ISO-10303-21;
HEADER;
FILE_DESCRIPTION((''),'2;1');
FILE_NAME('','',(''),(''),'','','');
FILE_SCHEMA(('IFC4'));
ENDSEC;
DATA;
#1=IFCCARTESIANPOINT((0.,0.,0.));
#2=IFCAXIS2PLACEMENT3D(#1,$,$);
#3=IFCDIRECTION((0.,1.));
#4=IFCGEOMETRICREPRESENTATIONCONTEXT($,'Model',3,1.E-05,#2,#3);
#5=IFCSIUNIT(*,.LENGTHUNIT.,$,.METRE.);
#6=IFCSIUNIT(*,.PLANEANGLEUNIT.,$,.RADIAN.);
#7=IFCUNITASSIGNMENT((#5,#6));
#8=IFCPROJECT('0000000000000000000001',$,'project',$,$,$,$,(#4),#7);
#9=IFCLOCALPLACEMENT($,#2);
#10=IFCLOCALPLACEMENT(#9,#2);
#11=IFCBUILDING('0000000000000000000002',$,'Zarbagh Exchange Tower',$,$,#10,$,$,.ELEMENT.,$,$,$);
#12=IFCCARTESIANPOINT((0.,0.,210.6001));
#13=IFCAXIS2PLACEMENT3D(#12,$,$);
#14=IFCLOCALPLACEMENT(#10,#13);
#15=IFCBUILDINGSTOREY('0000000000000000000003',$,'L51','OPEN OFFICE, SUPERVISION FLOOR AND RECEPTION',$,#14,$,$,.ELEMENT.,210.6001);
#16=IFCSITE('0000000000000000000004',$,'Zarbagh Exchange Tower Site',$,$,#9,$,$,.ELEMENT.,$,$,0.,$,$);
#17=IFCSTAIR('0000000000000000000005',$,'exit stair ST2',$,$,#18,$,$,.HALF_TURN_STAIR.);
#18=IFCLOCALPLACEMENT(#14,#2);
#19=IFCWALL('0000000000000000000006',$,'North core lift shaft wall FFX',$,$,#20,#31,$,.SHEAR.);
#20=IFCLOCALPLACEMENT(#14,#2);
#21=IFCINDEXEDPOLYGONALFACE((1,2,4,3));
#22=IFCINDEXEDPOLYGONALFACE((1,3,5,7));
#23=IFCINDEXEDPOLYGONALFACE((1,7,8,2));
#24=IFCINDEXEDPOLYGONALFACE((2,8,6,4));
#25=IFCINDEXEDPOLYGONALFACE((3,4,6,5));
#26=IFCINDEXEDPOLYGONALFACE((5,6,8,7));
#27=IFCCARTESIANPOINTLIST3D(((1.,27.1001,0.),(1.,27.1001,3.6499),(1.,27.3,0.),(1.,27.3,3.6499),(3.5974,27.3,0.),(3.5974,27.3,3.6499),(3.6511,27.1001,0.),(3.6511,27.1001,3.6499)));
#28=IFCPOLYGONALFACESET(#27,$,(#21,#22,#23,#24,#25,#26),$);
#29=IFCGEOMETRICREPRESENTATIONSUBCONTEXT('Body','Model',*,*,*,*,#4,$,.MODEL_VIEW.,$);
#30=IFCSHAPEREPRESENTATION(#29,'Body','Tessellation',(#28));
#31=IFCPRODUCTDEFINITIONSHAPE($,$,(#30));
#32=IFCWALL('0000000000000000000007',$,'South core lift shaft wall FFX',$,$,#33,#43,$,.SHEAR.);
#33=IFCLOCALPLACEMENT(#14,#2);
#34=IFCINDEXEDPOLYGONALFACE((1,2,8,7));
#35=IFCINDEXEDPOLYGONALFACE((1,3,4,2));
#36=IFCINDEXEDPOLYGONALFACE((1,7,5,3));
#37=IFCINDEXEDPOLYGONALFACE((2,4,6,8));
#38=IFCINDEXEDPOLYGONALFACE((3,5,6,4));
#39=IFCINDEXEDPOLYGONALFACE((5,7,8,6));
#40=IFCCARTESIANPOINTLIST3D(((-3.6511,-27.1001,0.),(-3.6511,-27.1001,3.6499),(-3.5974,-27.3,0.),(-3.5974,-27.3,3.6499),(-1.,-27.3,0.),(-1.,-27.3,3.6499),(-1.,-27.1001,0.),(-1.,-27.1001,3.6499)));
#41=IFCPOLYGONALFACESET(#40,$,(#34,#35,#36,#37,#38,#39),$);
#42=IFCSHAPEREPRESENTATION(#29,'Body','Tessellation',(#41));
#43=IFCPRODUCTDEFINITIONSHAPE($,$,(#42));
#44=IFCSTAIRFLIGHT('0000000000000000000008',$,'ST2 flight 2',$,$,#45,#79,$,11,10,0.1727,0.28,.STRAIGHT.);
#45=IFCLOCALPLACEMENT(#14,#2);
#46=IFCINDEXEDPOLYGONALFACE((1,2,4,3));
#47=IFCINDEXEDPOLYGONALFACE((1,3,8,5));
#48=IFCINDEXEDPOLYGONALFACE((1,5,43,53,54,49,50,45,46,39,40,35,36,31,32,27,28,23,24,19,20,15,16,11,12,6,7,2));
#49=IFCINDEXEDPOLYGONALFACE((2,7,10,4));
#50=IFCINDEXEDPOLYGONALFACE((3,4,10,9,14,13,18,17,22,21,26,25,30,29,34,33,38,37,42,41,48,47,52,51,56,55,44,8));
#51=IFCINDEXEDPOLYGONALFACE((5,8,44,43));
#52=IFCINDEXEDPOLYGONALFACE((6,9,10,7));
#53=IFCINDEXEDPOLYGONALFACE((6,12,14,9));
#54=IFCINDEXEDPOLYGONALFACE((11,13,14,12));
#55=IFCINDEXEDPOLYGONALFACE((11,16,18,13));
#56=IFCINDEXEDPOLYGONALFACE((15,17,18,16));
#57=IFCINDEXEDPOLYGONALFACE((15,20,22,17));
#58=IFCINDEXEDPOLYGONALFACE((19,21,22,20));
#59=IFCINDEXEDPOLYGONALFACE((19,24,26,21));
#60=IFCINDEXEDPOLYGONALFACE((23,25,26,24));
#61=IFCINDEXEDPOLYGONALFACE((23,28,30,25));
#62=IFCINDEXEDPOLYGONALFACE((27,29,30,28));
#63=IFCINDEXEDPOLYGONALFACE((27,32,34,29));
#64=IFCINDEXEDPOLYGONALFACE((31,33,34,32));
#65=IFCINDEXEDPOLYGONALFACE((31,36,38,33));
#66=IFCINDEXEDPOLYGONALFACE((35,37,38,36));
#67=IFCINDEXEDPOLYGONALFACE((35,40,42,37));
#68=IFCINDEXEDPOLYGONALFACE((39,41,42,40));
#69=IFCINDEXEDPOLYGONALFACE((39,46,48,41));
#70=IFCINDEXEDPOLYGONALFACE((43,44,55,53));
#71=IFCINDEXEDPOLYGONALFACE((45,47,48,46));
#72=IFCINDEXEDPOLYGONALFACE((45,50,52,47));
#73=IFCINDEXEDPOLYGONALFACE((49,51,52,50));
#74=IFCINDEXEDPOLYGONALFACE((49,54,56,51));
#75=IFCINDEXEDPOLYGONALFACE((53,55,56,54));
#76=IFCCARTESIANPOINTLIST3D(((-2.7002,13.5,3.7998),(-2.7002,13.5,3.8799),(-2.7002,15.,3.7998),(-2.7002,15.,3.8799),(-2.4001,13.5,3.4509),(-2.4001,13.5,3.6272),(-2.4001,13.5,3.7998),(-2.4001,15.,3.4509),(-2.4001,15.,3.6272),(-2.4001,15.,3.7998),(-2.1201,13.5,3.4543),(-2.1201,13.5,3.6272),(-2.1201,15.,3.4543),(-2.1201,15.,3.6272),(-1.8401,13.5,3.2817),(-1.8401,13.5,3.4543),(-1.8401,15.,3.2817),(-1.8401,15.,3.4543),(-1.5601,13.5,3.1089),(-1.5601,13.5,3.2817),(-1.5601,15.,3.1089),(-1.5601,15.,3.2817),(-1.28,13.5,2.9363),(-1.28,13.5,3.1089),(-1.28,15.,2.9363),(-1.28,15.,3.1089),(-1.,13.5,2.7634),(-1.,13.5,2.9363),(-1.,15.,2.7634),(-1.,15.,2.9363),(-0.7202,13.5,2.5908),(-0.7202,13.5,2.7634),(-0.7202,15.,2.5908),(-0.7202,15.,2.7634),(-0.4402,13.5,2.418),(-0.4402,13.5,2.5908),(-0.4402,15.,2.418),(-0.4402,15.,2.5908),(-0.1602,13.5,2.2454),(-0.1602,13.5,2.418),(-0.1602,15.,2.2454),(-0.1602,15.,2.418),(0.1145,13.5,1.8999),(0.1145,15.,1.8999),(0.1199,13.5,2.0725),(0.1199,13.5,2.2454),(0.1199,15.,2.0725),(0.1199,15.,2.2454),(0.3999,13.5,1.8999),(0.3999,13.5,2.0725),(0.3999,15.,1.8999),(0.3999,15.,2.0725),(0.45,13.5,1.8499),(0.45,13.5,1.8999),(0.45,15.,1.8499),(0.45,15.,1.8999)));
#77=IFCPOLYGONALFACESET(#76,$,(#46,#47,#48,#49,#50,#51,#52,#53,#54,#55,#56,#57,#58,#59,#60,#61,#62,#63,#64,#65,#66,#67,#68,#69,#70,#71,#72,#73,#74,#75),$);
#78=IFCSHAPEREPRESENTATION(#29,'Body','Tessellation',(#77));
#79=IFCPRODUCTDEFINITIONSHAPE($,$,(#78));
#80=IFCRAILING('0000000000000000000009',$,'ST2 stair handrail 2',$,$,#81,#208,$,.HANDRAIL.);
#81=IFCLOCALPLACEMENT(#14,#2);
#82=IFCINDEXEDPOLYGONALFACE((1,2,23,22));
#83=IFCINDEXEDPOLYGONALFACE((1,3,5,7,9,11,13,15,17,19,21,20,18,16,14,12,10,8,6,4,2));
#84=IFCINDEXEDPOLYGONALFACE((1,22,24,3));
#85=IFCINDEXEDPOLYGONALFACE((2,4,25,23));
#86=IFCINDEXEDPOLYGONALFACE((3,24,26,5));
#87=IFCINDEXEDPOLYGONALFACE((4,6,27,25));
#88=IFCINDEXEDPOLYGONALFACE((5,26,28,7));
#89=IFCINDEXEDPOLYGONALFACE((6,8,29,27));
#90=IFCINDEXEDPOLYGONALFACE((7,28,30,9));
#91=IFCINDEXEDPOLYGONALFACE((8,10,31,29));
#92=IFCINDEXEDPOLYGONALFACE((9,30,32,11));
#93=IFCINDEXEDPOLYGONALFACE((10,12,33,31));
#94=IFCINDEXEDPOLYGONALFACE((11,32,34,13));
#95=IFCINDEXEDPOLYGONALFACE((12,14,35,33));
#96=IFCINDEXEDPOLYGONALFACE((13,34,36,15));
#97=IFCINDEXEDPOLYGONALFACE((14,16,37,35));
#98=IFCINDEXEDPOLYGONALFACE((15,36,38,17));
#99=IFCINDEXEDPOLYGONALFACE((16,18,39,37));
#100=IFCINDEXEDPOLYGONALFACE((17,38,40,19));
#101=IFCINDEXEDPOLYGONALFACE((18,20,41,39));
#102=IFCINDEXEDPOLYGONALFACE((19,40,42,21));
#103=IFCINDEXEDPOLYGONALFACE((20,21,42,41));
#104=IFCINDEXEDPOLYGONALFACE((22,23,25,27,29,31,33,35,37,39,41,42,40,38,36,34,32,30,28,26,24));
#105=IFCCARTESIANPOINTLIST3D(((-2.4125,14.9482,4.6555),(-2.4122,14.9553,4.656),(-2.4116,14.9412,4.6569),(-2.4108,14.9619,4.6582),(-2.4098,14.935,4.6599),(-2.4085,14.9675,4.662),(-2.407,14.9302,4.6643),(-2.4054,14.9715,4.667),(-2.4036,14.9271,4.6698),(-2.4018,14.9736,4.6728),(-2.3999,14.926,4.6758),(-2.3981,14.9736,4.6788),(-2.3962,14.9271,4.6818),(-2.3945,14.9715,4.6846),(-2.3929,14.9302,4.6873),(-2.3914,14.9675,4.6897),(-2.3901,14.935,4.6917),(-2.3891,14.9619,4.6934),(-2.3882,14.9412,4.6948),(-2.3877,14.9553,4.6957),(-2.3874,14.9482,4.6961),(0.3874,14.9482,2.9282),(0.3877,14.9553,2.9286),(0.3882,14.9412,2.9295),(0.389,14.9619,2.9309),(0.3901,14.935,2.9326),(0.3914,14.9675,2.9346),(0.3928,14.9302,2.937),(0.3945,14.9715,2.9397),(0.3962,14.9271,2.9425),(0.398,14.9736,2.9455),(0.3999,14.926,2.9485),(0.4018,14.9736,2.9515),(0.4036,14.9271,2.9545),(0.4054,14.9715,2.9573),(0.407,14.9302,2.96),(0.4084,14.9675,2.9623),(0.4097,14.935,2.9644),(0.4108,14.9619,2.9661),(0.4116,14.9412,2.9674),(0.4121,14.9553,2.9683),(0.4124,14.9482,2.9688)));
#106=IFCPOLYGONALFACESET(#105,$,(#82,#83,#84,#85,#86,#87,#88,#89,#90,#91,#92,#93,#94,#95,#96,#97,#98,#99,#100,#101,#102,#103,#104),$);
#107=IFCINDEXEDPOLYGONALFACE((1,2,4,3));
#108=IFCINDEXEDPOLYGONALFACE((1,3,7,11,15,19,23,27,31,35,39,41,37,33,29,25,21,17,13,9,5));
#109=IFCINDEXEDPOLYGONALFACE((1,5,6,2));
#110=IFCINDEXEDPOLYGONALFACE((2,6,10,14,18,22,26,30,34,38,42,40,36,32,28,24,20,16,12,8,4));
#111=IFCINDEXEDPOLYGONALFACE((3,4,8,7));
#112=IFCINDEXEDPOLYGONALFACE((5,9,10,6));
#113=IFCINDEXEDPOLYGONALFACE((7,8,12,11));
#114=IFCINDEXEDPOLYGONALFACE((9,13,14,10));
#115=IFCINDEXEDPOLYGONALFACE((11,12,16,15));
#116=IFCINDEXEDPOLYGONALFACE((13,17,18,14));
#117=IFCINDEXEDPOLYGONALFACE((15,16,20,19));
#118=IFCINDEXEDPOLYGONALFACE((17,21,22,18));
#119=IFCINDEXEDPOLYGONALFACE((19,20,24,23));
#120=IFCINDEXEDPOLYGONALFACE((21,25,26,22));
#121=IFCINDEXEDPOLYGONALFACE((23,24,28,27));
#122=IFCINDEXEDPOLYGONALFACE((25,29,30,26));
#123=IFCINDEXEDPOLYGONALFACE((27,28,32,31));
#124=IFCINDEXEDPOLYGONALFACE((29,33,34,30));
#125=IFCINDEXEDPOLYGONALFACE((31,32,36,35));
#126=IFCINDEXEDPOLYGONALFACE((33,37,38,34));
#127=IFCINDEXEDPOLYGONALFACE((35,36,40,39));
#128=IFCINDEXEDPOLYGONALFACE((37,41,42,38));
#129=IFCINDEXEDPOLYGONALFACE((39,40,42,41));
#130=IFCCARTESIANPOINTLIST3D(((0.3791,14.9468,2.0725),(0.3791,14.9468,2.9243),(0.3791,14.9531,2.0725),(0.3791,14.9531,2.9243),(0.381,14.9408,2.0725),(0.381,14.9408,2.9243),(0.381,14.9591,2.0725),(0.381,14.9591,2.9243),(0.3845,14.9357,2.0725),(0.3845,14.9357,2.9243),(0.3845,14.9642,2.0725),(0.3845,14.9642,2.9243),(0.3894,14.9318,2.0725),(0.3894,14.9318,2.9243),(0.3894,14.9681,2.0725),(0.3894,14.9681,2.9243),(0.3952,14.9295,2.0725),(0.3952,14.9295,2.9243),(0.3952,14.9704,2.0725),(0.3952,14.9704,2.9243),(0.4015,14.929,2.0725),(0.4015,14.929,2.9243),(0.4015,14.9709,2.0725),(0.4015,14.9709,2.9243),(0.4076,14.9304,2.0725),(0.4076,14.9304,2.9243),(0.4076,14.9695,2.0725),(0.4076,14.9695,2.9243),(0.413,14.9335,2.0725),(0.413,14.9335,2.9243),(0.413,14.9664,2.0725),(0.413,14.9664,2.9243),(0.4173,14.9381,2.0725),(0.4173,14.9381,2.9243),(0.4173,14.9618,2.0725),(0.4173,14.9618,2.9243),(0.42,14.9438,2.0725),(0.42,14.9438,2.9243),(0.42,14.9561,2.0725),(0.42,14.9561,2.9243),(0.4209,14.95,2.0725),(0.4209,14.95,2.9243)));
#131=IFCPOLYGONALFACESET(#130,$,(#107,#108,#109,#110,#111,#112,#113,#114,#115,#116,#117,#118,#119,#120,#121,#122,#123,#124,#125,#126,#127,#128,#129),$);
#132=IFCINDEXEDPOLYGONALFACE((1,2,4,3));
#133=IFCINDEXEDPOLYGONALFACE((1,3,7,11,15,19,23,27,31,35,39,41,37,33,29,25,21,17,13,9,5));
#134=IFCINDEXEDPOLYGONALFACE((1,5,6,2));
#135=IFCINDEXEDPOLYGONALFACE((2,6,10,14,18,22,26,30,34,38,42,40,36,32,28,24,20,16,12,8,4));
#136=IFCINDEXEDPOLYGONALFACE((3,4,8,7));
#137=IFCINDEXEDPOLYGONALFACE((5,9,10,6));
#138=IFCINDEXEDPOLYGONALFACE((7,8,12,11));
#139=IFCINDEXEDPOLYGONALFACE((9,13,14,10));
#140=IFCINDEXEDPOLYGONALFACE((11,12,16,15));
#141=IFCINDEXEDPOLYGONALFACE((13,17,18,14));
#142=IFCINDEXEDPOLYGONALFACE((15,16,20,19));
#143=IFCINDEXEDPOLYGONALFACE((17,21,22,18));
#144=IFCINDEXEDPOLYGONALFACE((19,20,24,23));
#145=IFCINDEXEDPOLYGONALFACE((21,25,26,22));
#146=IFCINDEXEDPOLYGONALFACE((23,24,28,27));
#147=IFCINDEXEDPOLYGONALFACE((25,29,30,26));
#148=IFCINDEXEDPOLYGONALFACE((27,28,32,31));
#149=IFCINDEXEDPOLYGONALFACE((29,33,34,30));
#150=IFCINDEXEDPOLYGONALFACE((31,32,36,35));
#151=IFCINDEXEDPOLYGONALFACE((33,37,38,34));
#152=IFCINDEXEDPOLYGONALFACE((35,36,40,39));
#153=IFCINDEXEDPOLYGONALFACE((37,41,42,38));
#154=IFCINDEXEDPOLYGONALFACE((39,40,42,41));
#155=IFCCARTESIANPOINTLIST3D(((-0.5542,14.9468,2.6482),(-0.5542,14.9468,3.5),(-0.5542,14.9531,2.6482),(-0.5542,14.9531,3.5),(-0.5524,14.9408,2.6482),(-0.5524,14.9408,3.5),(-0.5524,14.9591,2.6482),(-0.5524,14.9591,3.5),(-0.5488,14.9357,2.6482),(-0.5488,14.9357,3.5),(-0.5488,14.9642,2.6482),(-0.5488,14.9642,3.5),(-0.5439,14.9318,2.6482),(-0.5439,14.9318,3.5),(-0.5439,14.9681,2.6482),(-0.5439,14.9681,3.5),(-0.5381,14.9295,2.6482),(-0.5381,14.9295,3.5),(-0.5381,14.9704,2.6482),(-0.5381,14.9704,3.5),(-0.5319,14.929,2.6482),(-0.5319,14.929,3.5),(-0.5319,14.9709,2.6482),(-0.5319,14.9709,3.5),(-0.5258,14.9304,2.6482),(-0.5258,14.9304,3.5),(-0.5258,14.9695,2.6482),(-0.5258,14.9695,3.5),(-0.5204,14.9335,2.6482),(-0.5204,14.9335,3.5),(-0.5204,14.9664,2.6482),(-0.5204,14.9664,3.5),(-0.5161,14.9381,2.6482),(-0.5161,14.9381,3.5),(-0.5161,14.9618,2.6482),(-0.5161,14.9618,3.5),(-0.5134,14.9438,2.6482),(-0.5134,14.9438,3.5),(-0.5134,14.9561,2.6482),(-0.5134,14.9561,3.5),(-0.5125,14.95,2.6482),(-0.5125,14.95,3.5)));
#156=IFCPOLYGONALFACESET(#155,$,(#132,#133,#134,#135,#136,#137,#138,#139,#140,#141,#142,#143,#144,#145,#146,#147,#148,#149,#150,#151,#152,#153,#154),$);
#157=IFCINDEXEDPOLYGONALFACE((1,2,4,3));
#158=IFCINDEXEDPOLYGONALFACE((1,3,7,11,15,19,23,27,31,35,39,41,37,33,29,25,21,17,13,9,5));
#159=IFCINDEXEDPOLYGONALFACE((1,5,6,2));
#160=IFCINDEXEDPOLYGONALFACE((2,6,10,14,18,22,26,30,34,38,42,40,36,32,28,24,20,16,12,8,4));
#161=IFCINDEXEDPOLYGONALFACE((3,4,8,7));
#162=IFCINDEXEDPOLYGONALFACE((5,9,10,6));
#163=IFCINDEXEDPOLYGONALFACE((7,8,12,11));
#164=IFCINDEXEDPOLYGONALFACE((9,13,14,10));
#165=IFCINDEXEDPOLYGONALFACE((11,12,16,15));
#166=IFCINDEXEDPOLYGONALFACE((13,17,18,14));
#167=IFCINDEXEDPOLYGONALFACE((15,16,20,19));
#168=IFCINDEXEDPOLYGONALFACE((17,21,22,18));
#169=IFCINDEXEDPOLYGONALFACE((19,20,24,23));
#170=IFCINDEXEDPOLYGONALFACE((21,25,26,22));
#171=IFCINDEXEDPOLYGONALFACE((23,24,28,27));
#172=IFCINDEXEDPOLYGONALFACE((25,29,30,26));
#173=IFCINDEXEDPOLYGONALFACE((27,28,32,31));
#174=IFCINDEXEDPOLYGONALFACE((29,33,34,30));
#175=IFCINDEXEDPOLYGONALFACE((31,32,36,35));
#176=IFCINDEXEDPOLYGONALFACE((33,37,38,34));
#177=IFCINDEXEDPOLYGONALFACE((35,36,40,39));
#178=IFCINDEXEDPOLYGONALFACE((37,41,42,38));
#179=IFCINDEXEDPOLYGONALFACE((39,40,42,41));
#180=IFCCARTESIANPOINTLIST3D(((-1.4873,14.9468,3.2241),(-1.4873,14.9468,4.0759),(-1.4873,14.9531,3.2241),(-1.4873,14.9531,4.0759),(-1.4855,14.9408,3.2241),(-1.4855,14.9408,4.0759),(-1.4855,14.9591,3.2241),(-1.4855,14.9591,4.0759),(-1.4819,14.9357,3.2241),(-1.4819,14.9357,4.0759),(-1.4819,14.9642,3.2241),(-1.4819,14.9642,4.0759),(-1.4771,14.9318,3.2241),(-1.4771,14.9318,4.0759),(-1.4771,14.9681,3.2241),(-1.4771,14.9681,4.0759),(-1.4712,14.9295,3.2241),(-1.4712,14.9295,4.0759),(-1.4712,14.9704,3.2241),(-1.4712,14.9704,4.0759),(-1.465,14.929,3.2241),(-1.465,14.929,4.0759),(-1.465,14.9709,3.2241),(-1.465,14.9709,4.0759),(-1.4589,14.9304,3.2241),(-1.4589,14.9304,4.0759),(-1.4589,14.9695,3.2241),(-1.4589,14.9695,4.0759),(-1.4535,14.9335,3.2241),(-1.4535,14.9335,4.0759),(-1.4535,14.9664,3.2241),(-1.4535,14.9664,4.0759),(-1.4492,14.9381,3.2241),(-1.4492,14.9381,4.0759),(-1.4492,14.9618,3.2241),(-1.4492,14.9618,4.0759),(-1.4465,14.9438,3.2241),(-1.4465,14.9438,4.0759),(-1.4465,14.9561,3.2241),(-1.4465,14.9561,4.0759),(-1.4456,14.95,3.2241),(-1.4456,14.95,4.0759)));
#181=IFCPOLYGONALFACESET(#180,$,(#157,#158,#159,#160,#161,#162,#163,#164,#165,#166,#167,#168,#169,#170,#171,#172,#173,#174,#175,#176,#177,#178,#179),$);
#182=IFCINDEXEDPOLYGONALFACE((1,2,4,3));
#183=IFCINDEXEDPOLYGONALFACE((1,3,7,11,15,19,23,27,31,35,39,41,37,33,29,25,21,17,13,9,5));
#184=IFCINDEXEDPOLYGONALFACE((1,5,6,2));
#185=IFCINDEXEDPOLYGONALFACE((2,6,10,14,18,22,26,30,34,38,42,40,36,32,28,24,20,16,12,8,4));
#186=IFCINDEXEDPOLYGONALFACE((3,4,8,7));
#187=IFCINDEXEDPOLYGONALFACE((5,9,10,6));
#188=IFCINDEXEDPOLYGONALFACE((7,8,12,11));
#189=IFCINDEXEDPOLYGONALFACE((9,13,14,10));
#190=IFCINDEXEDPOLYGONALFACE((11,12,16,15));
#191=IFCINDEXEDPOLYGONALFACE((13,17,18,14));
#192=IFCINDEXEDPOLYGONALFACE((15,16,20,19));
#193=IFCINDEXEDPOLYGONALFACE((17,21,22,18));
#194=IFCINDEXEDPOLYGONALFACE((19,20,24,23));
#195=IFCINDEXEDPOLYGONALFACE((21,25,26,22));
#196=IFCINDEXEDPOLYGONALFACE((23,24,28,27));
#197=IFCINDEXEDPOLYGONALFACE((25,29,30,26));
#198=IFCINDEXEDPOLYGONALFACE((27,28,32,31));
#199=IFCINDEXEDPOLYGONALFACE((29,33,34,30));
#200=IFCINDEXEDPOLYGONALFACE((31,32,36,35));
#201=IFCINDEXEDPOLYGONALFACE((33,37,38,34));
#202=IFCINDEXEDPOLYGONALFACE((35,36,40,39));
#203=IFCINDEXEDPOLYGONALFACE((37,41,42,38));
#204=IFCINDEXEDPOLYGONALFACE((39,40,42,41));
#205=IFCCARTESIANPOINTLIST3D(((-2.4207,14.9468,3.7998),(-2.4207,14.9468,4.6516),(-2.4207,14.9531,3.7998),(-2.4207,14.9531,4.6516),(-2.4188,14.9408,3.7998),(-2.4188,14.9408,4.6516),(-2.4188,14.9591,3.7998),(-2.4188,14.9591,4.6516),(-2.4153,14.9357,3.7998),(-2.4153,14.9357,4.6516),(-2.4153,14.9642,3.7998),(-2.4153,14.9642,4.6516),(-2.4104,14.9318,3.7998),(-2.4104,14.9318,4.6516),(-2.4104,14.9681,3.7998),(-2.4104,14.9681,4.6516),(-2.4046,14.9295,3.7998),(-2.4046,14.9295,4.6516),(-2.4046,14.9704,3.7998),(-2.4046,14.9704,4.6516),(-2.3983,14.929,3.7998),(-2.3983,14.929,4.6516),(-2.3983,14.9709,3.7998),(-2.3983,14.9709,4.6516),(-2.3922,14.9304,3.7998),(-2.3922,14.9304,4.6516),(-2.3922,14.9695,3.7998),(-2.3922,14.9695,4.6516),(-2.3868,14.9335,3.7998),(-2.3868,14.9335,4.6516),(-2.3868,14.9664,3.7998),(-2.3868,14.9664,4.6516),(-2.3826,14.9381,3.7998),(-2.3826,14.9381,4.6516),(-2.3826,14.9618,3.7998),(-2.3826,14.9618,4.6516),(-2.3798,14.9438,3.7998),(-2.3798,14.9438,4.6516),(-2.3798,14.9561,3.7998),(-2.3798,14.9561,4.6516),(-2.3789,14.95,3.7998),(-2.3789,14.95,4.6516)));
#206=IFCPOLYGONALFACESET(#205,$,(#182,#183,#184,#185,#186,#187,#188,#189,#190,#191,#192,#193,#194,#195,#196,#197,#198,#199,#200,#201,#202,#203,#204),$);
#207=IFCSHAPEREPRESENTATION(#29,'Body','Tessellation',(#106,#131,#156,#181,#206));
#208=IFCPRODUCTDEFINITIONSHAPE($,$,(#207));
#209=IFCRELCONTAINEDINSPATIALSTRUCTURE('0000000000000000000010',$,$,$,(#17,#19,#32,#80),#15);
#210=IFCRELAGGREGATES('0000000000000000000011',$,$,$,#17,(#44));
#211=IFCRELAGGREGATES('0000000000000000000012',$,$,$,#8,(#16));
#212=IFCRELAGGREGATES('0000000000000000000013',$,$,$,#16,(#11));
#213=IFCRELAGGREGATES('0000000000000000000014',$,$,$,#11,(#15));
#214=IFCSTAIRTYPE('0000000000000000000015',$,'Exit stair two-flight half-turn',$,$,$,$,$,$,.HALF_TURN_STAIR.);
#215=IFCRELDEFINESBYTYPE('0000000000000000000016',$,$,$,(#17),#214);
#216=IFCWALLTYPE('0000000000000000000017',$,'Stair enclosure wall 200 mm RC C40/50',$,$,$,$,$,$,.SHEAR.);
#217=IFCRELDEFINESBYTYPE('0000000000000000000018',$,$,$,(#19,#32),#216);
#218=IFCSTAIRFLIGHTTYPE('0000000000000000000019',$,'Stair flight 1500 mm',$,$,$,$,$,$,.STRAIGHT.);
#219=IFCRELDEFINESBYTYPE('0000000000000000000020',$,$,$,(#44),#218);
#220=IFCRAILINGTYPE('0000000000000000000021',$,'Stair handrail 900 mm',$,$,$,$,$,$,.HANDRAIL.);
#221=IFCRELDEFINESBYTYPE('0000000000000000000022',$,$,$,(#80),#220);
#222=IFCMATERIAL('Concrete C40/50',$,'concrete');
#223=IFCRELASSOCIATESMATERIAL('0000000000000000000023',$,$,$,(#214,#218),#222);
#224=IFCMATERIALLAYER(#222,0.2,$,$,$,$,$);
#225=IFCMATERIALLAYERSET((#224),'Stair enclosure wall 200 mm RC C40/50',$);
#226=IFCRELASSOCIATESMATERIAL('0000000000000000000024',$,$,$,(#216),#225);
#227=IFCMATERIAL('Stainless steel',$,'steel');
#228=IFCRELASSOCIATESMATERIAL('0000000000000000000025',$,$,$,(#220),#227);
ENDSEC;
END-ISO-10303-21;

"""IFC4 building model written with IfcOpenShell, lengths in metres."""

from ifc_helpers import new_model, si_unit, direction, frame, origin, origin_2d, place, context, subcontext, project, spatial, polyline, circle, outline, extrude, material, layer, layer_set, type_object, element, aggregate, save


model = new_model("IFC4")

# Units and contexts
model_context = context("Model", 3, precision=1e-05, world=origin(), true_north=direction((0.0, 1.0)))
body_context = subcontext(model_context, "Body", "Model", "MODEL_VIEW")
ifc_project = project(units=[si_unit("LENGTHUNIT", "METRE"), si_unit("PLANEANGLEUNIT", "RADIAN")], contexts=[model_context])

# Site, building, storey
site_placement = place(None, origin())
site = spatial("IfcSite", under=ifc_project, at=site_placement, Name="Zarbagh Exchange Tower Site", CompositionType="ELEMENT", RefElevation=0.0)
building_placement = place(site_placement, origin())
building = spatial("IfcBuilding", under=site, at=building_placement, Name="Zarbagh Exchange Tower", CompositionType="ELEMENT")
storey_placement = place(building_placement, frame((0.0, 0.0, 210.6001)))
storey = spatial("IfcBuildingStorey", under=building, at=storey_placement, Name="L51", Description="OPEN OFFICE, SUPERVISION FLOOR AND RECEPTION", CompositionType="ELEMENT", Elevation=210.6001)

# Stair
ifc_material_1 = material(Name="Concrete C40/50", Category="concrete")
stair_type = type_object("IfcStairType", Name="Exit stair two-flight half-turn", PredefinedType="HALF_TURN_STAIR", material=ifc_material_1)
stair_1_placement = place(storey_placement, origin())
stair_1 = element("IfcStair", 1, at=stair_1_placement, inside=storey, type_object=stair_type, Name="exit stair ST2", PredefinedType="HALF_TURN_STAIR")

# Shared definitions
ifc_layer_1 = layer(ifc_material_1, 0.2)
ifc_layer_set_1 = layer_set([ifc_layer_1], Name="Stair enclosure wall 200 mm RC C40/50")
wall_type_1 = type_object("IfcWallType", Name="Stair enclosure wall 200 mm RC C40/50", PredefinedType="SHEAR", material=ifc_layer_set_1)
ifc_material_2 = material(Name="Stainless steel", Category="steel")

# Walls
wall_1_placement = place(storey_placement, origin())
element("IfcWall", 2, at=wall_1_placement, inside=storey, type_object=wall_type_1, Name="North core lift shaft wall FFX", PredefinedType="SHEAR", context=body_context, shape_type="SweptSolid", body=[
    extrude(outline(polyline([(1.0, 27.1001), (3.6511, 27.1001), (3.5974, 27.3), (1.0, 27.3), (1.0, 27.1001)])), origin(), (0.0, 0.0, 1.0), 3.6499),
])
wall_2_placement = place(storey_placement, origin())
element("IfcWall", 3, at=wall_2_placement, inside=storey, type_object=wall_type_1, Name="South core lift shaft wall FFX", PredefinedType="SHEAR", context=body_context, shape_type="SweptSolid", body=[
    extrude(outline(polyline([(-1.0, -27.1001), (-3.6511, -27.1001), (-3.5974, -27.3), (-1.0, -27.3), (-1.0, -27.1001)])), origin(), (0.0, 0.0, 1.0), 3.6499),
])

# Stair flight
stair_flight_type = type_object("IfcStairFlightType", Name="Stair flight 1500 mm", PredefinedType="STRAIGHT", material=ifc_material_1)
stair_flight_placement = place(storey_placement, frame((0.3999, 14.25, 1.8999), z_axis=(0.0, 0.0, 1.0), x_axis=(-1.0, 0.0, 0.0)))
stair_flight = element("IfcStairFlight", 4, at=stair_flight_placement, type_object=stair_flight_type, Name="ST2 flight 2", NumberOfRisers=11, NumberOfTreads=10, PredefinedType="STRAIGHT", RiserHeight=0.1727, TreadLength=0.28, context=body_context, shape_type="SweptSolid", body=[
    extrude(outline(polyline([(-0.05, -0.05), (-0.05, 0.0), (0.0, 0.0), (0.0, 0.1726), (0.28, 0.1726), (0.28, 0.3455), (0.5601, 0.3455), (0.5601, 0.5181), (0.8401, 0.5181), (0.8401, 0.6909), (1.1201, 0.6909), (1.1201, 0.8635), (1.3999, 0.8635), (1.3999, 1.0364), (1.6799, 1.0364), (1.6799, 1.209), (1.96, 1.209), (1.96, 1.3818), (2.24, 1.3818), (2.24, 1.5544), (2.52, 1.5544), (2.52, 1.7273), (2.8, 1.7273), (2.8, 1.8999), (3.1001, 1.98), (3.1001, 1.8999), (2.8, 1.551), (0.2854, 0.0), (-0.05, -0.05)])), frame((0.0, 0.75, 0.0), z_axis=(0.0, -1.0, 0.0), x_axis=(1.0, 0.0, 0.0)), (0.0, 0.0, 1.0), 1.5),
])
aggregate(stair_1, [stair_flight])

# Railing
railing_type = type_object("IfcRailingType", Name="Stair handrail 900 mm", PredefinedType="HANDRAIL", material=ifc_material_2)
railing_placement = place(storey_placement, frame((0.3999, 14.95, 2.0725)))
element("IfcRailing", 5, at=railing_placement, inside=storey, type_object=railing_type, Name="ST2 stair handrail 2", PredefinedType="HANDRAIL", context=body_context, shape_type="SweptSolid", body=[
    extrude(circle(Radius=0.0239, at=origin_2d()), frame((0.0, 0.0, 0.876), z_axis=(-0.851069, 0.0, 0.525054), x_axis=(0.0, -1.0, 0.0)), (0.0, 0.0, 1.0), 3.2898),
    extrude(circle(Radius=0.021, at=origin_2d()), origin(), (0.0, 0.0, 1.0), 0.8518),
    extrude(circle(Radius=0.021, at=origin_2d()), frame((-0.9333, 0.0, 0.5757)), (0.0, 0.0, 1.0), 0.8518),
    extrude(circle(Radius=0.021, at=origin_2d()), frame((-1.8665, 0.0, 1.1516)), (0.0, 0.0, 1.0), 0.8518),
    extrude(circle(Radius=0.021, at=origin_2d()), frame((-2.7998, 0.0, 1.7273)), (0.0, 0.0, 1.0), 0.8518),
])

save(model, "model.ifc")
